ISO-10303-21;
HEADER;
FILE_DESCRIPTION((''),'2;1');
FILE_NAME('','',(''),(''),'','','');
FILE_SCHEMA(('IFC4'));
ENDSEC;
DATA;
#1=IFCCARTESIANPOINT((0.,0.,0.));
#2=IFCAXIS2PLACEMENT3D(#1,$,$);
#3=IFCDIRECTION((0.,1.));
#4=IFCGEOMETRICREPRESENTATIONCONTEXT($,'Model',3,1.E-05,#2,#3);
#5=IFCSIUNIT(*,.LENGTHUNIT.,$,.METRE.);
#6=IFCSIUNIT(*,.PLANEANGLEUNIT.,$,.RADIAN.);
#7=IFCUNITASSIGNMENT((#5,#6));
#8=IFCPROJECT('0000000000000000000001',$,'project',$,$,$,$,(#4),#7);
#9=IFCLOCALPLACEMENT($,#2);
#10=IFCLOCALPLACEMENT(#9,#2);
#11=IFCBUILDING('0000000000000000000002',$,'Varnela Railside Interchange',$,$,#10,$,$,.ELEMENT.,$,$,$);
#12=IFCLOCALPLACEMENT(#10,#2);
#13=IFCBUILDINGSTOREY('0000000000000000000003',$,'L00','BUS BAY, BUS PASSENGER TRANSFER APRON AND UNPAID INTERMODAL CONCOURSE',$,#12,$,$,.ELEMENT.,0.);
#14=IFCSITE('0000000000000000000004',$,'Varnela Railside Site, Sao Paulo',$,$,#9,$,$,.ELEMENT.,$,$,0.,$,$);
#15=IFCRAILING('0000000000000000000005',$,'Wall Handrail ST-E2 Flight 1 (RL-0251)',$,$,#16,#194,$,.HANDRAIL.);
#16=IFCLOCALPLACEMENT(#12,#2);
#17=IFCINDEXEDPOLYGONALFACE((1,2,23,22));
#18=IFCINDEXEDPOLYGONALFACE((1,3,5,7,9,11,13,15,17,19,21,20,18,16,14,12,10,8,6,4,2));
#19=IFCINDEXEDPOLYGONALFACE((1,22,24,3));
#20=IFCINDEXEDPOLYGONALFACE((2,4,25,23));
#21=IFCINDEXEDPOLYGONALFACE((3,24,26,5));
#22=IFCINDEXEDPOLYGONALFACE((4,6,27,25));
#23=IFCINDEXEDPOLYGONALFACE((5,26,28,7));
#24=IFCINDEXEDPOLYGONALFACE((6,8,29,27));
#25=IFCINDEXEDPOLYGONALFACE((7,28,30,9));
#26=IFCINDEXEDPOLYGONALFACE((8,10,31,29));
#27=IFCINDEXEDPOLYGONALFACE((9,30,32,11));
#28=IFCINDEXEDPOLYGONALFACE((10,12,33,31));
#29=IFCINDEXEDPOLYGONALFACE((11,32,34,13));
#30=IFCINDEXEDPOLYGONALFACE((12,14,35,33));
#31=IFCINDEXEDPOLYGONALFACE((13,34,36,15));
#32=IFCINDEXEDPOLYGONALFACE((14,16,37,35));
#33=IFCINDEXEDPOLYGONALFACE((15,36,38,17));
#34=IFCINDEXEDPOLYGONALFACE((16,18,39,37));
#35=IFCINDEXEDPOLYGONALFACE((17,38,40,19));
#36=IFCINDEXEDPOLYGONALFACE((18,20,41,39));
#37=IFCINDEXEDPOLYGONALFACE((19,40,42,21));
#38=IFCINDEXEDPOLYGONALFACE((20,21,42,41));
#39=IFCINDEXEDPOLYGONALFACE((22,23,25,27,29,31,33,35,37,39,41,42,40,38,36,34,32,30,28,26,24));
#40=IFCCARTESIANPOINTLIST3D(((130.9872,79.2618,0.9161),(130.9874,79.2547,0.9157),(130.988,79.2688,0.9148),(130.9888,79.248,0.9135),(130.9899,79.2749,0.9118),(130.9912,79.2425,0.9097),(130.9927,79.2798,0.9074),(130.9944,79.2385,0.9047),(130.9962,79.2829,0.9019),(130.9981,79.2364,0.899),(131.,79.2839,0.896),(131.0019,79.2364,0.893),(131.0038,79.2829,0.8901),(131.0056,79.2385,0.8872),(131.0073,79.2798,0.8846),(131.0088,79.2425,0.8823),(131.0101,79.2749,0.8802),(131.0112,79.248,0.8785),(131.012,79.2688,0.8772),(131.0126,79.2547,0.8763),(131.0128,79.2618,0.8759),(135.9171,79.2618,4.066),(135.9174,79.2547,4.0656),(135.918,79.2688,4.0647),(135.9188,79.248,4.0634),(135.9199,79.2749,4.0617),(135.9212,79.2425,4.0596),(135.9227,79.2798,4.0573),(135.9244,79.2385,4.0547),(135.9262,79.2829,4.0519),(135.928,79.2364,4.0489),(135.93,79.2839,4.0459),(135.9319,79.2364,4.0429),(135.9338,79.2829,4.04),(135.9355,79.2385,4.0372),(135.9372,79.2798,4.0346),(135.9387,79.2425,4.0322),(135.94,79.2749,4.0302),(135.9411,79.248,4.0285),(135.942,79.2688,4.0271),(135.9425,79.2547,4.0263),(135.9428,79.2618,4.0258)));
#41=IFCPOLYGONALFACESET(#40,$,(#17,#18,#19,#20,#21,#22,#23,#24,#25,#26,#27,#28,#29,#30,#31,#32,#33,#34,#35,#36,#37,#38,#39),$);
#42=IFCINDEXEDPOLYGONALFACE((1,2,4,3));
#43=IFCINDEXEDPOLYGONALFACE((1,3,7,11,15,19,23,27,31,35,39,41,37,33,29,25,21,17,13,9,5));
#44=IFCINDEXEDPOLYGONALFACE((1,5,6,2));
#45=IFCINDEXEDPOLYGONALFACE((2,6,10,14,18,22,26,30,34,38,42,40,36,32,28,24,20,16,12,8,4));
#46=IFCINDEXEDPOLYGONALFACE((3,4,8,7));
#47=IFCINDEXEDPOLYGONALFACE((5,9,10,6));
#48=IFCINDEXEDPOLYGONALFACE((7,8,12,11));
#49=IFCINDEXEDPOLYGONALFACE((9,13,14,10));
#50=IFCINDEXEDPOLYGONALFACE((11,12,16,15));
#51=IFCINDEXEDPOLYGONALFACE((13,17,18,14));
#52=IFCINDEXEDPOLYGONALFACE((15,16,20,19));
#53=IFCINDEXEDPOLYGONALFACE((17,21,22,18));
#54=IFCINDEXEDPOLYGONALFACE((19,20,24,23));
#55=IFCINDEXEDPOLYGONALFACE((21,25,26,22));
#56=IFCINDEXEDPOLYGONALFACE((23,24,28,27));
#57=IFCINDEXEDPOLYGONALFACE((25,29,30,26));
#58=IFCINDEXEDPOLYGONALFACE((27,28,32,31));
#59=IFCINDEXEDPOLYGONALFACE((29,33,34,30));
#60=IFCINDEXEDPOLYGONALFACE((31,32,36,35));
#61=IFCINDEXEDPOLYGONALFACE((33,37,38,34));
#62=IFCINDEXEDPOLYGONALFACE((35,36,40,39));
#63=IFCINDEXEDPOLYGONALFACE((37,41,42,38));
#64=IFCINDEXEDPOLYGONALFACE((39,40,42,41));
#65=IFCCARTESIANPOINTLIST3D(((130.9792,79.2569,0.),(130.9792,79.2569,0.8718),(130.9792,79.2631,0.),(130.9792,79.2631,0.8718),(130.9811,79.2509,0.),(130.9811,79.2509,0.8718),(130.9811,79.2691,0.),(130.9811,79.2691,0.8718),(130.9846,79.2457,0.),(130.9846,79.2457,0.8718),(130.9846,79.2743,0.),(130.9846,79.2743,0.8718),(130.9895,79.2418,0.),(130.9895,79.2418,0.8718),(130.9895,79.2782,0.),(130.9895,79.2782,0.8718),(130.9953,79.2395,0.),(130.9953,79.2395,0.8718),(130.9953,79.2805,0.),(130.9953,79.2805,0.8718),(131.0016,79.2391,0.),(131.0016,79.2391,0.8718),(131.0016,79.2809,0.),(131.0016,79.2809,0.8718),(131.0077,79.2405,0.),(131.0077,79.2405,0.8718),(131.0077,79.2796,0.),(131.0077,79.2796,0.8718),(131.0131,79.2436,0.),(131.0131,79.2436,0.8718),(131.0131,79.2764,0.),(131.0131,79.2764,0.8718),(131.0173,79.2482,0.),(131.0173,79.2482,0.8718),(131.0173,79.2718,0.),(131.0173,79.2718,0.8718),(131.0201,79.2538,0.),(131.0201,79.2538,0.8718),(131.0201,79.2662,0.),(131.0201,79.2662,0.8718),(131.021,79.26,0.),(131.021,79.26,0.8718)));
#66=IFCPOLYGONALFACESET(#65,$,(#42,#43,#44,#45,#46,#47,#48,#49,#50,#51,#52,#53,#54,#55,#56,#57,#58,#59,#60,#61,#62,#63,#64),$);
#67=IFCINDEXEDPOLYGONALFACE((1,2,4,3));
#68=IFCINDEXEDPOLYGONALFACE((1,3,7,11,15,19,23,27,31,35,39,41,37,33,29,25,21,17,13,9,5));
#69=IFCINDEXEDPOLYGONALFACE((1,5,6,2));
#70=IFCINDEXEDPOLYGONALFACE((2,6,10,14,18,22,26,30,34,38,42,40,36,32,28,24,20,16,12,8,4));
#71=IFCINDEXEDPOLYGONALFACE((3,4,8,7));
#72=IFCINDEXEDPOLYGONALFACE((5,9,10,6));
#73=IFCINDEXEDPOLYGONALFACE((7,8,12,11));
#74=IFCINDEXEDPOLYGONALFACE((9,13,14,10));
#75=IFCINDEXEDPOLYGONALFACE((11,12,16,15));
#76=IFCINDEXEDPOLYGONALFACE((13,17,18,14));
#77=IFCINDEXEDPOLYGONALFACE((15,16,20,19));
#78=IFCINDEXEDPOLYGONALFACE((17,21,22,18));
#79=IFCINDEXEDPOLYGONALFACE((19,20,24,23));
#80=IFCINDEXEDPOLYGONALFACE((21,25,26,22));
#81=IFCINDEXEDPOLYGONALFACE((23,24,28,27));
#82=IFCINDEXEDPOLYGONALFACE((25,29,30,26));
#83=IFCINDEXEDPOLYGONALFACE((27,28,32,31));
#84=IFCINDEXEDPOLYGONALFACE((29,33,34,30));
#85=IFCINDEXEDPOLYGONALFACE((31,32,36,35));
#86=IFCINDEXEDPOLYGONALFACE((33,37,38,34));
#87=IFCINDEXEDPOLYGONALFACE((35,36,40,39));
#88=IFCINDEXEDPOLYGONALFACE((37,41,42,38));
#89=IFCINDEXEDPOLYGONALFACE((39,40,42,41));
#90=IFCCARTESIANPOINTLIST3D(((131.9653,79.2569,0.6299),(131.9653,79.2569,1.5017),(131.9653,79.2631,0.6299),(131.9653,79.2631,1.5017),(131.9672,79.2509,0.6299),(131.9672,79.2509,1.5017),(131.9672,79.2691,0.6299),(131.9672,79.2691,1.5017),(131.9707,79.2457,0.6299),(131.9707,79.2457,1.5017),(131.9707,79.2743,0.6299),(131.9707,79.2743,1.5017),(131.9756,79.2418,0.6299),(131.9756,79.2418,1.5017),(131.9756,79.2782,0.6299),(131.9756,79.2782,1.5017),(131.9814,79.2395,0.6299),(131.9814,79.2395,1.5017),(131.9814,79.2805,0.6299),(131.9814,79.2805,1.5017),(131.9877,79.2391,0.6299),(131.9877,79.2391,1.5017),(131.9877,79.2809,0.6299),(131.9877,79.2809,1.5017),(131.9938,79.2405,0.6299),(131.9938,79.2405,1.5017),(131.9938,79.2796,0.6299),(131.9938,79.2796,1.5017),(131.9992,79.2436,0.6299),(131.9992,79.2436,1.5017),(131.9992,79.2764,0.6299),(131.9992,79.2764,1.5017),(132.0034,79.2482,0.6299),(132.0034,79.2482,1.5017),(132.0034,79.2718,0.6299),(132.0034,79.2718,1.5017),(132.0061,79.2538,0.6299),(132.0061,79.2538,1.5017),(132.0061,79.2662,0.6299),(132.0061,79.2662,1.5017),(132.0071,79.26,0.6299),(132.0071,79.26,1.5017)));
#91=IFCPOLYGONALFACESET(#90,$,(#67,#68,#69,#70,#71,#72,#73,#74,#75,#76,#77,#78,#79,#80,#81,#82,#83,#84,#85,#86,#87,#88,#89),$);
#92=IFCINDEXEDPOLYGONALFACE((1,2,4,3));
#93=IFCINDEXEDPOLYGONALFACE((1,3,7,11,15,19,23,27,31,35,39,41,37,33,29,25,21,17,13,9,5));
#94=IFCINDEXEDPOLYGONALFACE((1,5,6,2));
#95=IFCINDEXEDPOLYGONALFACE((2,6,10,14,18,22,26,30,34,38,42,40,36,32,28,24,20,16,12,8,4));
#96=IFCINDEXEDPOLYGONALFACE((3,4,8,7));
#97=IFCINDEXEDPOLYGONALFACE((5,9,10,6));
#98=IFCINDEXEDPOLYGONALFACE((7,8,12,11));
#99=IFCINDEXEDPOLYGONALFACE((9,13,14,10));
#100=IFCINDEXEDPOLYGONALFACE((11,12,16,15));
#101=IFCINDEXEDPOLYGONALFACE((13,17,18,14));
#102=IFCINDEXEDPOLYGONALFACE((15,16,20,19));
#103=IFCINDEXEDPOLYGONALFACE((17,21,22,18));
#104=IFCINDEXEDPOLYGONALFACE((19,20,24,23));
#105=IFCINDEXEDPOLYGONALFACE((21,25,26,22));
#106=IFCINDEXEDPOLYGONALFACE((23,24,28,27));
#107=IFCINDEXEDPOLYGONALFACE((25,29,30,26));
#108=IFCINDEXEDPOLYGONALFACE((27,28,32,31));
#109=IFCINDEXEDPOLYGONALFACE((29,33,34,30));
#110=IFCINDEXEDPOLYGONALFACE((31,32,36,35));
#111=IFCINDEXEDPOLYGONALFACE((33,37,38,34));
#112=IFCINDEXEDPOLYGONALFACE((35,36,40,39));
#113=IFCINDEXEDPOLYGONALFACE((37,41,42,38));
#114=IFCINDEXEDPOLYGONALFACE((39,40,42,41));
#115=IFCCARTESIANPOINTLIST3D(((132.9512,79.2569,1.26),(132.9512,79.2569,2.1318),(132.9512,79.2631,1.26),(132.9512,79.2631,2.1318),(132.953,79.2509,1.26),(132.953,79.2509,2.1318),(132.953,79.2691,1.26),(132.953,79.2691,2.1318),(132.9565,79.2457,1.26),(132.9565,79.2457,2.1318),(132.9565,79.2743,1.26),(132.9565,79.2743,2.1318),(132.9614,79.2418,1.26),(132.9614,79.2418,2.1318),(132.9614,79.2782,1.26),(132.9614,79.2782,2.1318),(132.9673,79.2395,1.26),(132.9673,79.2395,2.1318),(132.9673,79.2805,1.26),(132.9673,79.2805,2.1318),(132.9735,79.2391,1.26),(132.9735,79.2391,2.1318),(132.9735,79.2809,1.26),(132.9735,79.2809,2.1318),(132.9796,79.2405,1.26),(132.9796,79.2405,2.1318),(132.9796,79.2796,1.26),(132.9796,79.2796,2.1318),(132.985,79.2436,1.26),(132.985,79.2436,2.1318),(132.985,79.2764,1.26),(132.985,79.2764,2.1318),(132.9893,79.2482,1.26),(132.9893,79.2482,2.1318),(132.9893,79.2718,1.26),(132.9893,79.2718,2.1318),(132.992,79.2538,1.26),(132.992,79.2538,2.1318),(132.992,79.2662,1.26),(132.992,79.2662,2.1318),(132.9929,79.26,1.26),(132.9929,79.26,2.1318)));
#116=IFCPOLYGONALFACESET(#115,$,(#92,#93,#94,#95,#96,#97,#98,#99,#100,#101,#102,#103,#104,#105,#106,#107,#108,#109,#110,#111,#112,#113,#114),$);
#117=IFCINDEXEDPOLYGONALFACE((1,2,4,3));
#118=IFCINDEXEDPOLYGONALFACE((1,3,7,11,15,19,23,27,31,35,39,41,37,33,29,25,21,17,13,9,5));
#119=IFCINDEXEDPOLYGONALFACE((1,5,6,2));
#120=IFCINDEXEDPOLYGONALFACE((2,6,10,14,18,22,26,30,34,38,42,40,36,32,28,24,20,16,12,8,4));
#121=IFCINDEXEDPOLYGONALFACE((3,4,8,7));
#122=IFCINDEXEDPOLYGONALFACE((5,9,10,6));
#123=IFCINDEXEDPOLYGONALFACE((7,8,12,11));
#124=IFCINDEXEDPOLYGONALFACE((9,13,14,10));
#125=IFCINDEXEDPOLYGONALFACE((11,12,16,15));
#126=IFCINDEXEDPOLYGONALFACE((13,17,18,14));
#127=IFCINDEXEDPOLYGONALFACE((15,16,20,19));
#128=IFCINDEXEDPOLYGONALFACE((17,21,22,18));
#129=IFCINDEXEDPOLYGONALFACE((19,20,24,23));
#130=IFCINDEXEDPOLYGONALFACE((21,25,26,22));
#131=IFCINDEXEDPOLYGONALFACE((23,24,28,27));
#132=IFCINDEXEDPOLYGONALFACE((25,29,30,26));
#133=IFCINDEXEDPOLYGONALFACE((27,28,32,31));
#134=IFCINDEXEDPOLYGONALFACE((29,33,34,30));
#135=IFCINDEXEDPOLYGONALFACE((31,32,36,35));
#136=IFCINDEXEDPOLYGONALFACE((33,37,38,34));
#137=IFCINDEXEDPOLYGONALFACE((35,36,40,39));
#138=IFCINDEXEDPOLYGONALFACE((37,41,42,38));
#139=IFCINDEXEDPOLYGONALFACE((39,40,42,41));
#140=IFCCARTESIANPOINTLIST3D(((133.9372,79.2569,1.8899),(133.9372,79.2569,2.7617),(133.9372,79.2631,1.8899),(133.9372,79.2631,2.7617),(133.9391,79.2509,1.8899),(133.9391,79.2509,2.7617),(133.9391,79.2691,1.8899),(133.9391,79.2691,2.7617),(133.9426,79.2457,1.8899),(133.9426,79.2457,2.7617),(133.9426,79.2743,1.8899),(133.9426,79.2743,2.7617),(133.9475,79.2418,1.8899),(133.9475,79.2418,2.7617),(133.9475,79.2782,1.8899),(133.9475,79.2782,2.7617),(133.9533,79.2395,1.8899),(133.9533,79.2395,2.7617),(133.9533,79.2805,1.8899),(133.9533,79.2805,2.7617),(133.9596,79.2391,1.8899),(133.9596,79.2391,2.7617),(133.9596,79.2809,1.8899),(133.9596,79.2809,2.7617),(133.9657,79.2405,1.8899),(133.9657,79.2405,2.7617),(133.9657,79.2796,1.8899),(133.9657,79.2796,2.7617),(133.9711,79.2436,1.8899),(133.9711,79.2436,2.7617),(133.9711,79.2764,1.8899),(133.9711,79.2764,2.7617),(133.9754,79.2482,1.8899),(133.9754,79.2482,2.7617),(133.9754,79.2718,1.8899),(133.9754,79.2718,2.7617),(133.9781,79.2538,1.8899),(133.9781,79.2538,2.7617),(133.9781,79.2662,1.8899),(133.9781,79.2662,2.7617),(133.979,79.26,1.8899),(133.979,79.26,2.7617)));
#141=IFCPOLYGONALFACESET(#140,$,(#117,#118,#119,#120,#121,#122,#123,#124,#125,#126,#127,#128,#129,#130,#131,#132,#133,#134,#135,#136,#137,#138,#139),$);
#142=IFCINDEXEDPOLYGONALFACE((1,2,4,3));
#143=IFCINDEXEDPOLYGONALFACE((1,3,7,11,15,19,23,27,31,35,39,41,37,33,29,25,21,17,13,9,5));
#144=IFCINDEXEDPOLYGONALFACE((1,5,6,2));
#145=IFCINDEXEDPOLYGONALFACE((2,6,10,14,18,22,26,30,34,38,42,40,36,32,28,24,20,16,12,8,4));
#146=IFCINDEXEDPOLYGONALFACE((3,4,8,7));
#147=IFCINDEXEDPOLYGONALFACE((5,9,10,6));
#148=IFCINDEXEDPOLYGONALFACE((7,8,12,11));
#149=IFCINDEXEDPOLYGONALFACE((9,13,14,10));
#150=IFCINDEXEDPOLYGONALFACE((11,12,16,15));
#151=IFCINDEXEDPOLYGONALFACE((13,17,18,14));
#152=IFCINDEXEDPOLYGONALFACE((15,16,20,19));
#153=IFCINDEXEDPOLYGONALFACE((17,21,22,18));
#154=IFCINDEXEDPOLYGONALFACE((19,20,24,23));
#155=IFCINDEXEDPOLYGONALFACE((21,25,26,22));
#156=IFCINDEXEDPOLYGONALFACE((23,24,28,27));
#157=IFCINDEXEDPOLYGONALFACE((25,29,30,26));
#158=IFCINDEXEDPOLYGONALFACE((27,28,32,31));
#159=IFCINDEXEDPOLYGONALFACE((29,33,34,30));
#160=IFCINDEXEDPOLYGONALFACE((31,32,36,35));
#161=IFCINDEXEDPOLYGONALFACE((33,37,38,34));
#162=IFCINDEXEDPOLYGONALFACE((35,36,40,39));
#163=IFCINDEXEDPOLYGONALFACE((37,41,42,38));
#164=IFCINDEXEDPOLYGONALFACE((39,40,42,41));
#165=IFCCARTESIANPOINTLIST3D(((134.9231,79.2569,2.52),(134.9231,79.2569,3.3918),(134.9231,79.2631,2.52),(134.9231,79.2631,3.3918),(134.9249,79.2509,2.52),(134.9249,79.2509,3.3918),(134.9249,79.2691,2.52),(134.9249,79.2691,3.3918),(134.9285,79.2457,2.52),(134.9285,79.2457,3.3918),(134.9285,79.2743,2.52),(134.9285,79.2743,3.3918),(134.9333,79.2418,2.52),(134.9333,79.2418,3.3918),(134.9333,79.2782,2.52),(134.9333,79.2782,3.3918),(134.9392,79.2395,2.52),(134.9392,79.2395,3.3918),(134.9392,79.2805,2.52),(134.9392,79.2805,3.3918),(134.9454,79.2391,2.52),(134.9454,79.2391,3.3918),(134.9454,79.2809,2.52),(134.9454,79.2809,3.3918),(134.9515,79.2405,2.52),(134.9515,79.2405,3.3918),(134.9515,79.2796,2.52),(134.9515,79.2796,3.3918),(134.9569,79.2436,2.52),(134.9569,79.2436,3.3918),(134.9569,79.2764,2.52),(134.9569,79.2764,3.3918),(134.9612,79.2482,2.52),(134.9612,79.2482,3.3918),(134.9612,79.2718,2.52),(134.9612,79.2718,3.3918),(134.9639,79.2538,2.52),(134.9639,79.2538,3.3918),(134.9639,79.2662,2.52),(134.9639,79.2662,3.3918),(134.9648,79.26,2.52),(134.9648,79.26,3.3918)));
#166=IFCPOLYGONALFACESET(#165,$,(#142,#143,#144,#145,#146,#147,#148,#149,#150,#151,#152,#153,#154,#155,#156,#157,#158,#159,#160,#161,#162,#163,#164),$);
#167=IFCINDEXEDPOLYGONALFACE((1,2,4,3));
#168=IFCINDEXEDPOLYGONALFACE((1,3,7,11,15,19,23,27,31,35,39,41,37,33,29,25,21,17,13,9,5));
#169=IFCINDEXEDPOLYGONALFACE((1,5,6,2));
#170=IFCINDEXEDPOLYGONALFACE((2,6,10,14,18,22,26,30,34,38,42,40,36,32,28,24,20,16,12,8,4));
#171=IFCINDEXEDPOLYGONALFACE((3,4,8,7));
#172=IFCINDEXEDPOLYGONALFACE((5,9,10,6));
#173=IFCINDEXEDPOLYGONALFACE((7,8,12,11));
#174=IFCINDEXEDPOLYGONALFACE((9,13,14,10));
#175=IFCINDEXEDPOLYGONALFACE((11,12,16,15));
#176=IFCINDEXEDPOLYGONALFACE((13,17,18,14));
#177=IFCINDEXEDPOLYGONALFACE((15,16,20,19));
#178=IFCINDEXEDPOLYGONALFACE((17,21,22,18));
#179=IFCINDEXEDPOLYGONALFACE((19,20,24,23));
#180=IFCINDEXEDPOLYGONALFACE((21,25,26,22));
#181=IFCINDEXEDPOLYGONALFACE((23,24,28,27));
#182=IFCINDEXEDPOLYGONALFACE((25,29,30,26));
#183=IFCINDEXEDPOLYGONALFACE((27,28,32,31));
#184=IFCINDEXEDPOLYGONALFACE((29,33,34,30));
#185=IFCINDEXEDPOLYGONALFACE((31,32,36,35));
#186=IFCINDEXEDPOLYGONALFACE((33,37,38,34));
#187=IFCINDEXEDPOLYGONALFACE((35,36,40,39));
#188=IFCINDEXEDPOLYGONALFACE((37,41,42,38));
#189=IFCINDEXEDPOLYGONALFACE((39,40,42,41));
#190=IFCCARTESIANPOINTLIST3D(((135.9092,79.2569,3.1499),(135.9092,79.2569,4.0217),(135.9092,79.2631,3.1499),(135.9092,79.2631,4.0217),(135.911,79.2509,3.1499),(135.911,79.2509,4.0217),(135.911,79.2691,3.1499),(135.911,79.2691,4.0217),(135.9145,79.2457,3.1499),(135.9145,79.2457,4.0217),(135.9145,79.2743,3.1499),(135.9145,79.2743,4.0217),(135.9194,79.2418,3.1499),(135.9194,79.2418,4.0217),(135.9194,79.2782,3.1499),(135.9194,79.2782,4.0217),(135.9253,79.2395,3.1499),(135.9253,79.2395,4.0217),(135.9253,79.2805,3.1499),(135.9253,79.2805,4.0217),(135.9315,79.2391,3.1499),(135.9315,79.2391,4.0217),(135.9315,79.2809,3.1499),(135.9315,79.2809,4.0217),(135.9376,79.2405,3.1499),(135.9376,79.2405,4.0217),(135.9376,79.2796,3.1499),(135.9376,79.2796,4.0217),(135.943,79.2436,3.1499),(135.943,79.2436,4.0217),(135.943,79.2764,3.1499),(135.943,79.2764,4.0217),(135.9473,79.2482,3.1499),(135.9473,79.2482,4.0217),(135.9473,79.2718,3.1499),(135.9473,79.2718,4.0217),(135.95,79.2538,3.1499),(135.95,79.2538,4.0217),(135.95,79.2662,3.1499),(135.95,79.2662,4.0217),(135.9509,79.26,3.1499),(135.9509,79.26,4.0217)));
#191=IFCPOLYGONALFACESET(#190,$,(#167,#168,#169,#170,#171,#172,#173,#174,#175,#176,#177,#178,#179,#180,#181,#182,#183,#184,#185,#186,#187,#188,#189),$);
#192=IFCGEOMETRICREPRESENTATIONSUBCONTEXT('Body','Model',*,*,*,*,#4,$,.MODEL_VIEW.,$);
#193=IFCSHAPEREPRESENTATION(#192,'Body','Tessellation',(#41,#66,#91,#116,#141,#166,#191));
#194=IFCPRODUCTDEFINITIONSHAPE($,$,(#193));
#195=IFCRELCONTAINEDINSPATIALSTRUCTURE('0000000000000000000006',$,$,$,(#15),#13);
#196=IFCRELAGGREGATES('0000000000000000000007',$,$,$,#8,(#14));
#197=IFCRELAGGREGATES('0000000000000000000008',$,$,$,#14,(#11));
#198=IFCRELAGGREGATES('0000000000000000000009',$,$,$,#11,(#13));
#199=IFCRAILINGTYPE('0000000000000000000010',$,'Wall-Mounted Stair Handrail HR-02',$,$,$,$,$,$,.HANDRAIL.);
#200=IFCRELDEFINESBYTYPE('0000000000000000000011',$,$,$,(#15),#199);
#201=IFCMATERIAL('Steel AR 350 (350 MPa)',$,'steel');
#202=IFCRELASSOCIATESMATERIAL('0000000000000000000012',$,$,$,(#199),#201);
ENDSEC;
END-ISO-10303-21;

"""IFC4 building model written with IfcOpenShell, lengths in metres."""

from ifc_helpers import new_model, si_unit, direction, frame, origin, origin_2d, place, context, subcontext, project, spatial, circle, extrude, material, type_object, element, save


model = new_model("IFC4")

# Units and contexts
model_context = context("Model", 3, precision=1e-05, world=origin(), true_north=direction((0.0, 1.0)))
body_context = subcontext(model_context, "Body", "Model", "MODEL_VIEW")
ifc_project = project(units=[si_unit("LENGTHUNIT", "METRE"), si_unit("PLANEANGLEUNIT", "RADIAN")], contexts=[model_context])

# Site, building, storey
site_placement = place(None, origin())
site = spatial("IfcSite", under=ifc_project, at=site_placement, Name="Varnela Railside Site, Sao Paulo", CompositionType="ELEMENT", RefElevation=0.0)
building_placement = place(site_placement, origin())
building = spatial("IfcBuilding", under=site, at=building_placement, Name="Varnela Railside Interchange", CompositionType="ELEMENT")
storey_placement = place(building_placement, origin())
storey = spatial("IfcBuildingStorey", under=building, at=storey_placement, Name="L00", Description="BUS BAY, BUS PASSENGER TRANSFER APRON AND UNPAID INTERMODAL CONCOURSE", CompositionType="ELEMENT", Elevation=0.0)

# Shared definitions
ifc_material_1 = material(Name="Steel AR 350 (350 MPa)", Category="steel")

# Railing
railing_type_1 = type_object("IfcRailingType", Name="Wall-Mounted Stair Handrail HR-02", PredefinedType="HANDRAIL", material=ifc_material_1)
railing_1_placement = place(storey_placement, frame((131.0, 79.26, 0.0)))
element("IfcRailing", 1, at=railing_1_placement, inside=storey, type_object=railing_type_1, Name="Wall Handrail ST-E2 Flight 1 (RL-0251)", PredefinedType="HANDRAIL", context=body_context, shape_type="SweptSolid", body=[
    extrude(circle(Radius=0.0239, at=origin_2d()), frame((0.0, 0.0, 0.896), z_axis=(0.842679, 0.0, 0.538416), x_axis=(0.0, 1.0, 0.0)), (0.0, 0.0, 1.0), 5.8503),
    extrude(circle(Radius=0.021, at=origin_2d()), origin(), (0.0, 0.0, 1.0), 0.8718),
    extrude(circle(Radius=0.021, at=origin_2d()), frame((0.9861, 0.0, 0.6299)), (0.0, 0.0, 1.0), 0.8718),
    extrude(circle(Radius=0.021, at=origin_2d()), frame((1.9719, 0.0, 1.26)), (0.0, 0.0, 1.0), 0.8718),
    extrude(circle(Radius=0.021, at=origin_2d()), frame((2.958, 0.0, 1.8899)), (0.0, 0.0, 1.0), 0.8718),
    extrude(circle(Radius=0.021, at=origin_2d()), frame((3.9438, 0.0, 2.52)), (0.0, 0.0, 1.0), 0.8718),
    extrude(circle(Radius=0.021, at=origin_2d()), frame((4.9299, 0.0, 3.1499)), (0.0, 0.0, 1.0), 0.8718),
])

save(model, "model.ifc")
